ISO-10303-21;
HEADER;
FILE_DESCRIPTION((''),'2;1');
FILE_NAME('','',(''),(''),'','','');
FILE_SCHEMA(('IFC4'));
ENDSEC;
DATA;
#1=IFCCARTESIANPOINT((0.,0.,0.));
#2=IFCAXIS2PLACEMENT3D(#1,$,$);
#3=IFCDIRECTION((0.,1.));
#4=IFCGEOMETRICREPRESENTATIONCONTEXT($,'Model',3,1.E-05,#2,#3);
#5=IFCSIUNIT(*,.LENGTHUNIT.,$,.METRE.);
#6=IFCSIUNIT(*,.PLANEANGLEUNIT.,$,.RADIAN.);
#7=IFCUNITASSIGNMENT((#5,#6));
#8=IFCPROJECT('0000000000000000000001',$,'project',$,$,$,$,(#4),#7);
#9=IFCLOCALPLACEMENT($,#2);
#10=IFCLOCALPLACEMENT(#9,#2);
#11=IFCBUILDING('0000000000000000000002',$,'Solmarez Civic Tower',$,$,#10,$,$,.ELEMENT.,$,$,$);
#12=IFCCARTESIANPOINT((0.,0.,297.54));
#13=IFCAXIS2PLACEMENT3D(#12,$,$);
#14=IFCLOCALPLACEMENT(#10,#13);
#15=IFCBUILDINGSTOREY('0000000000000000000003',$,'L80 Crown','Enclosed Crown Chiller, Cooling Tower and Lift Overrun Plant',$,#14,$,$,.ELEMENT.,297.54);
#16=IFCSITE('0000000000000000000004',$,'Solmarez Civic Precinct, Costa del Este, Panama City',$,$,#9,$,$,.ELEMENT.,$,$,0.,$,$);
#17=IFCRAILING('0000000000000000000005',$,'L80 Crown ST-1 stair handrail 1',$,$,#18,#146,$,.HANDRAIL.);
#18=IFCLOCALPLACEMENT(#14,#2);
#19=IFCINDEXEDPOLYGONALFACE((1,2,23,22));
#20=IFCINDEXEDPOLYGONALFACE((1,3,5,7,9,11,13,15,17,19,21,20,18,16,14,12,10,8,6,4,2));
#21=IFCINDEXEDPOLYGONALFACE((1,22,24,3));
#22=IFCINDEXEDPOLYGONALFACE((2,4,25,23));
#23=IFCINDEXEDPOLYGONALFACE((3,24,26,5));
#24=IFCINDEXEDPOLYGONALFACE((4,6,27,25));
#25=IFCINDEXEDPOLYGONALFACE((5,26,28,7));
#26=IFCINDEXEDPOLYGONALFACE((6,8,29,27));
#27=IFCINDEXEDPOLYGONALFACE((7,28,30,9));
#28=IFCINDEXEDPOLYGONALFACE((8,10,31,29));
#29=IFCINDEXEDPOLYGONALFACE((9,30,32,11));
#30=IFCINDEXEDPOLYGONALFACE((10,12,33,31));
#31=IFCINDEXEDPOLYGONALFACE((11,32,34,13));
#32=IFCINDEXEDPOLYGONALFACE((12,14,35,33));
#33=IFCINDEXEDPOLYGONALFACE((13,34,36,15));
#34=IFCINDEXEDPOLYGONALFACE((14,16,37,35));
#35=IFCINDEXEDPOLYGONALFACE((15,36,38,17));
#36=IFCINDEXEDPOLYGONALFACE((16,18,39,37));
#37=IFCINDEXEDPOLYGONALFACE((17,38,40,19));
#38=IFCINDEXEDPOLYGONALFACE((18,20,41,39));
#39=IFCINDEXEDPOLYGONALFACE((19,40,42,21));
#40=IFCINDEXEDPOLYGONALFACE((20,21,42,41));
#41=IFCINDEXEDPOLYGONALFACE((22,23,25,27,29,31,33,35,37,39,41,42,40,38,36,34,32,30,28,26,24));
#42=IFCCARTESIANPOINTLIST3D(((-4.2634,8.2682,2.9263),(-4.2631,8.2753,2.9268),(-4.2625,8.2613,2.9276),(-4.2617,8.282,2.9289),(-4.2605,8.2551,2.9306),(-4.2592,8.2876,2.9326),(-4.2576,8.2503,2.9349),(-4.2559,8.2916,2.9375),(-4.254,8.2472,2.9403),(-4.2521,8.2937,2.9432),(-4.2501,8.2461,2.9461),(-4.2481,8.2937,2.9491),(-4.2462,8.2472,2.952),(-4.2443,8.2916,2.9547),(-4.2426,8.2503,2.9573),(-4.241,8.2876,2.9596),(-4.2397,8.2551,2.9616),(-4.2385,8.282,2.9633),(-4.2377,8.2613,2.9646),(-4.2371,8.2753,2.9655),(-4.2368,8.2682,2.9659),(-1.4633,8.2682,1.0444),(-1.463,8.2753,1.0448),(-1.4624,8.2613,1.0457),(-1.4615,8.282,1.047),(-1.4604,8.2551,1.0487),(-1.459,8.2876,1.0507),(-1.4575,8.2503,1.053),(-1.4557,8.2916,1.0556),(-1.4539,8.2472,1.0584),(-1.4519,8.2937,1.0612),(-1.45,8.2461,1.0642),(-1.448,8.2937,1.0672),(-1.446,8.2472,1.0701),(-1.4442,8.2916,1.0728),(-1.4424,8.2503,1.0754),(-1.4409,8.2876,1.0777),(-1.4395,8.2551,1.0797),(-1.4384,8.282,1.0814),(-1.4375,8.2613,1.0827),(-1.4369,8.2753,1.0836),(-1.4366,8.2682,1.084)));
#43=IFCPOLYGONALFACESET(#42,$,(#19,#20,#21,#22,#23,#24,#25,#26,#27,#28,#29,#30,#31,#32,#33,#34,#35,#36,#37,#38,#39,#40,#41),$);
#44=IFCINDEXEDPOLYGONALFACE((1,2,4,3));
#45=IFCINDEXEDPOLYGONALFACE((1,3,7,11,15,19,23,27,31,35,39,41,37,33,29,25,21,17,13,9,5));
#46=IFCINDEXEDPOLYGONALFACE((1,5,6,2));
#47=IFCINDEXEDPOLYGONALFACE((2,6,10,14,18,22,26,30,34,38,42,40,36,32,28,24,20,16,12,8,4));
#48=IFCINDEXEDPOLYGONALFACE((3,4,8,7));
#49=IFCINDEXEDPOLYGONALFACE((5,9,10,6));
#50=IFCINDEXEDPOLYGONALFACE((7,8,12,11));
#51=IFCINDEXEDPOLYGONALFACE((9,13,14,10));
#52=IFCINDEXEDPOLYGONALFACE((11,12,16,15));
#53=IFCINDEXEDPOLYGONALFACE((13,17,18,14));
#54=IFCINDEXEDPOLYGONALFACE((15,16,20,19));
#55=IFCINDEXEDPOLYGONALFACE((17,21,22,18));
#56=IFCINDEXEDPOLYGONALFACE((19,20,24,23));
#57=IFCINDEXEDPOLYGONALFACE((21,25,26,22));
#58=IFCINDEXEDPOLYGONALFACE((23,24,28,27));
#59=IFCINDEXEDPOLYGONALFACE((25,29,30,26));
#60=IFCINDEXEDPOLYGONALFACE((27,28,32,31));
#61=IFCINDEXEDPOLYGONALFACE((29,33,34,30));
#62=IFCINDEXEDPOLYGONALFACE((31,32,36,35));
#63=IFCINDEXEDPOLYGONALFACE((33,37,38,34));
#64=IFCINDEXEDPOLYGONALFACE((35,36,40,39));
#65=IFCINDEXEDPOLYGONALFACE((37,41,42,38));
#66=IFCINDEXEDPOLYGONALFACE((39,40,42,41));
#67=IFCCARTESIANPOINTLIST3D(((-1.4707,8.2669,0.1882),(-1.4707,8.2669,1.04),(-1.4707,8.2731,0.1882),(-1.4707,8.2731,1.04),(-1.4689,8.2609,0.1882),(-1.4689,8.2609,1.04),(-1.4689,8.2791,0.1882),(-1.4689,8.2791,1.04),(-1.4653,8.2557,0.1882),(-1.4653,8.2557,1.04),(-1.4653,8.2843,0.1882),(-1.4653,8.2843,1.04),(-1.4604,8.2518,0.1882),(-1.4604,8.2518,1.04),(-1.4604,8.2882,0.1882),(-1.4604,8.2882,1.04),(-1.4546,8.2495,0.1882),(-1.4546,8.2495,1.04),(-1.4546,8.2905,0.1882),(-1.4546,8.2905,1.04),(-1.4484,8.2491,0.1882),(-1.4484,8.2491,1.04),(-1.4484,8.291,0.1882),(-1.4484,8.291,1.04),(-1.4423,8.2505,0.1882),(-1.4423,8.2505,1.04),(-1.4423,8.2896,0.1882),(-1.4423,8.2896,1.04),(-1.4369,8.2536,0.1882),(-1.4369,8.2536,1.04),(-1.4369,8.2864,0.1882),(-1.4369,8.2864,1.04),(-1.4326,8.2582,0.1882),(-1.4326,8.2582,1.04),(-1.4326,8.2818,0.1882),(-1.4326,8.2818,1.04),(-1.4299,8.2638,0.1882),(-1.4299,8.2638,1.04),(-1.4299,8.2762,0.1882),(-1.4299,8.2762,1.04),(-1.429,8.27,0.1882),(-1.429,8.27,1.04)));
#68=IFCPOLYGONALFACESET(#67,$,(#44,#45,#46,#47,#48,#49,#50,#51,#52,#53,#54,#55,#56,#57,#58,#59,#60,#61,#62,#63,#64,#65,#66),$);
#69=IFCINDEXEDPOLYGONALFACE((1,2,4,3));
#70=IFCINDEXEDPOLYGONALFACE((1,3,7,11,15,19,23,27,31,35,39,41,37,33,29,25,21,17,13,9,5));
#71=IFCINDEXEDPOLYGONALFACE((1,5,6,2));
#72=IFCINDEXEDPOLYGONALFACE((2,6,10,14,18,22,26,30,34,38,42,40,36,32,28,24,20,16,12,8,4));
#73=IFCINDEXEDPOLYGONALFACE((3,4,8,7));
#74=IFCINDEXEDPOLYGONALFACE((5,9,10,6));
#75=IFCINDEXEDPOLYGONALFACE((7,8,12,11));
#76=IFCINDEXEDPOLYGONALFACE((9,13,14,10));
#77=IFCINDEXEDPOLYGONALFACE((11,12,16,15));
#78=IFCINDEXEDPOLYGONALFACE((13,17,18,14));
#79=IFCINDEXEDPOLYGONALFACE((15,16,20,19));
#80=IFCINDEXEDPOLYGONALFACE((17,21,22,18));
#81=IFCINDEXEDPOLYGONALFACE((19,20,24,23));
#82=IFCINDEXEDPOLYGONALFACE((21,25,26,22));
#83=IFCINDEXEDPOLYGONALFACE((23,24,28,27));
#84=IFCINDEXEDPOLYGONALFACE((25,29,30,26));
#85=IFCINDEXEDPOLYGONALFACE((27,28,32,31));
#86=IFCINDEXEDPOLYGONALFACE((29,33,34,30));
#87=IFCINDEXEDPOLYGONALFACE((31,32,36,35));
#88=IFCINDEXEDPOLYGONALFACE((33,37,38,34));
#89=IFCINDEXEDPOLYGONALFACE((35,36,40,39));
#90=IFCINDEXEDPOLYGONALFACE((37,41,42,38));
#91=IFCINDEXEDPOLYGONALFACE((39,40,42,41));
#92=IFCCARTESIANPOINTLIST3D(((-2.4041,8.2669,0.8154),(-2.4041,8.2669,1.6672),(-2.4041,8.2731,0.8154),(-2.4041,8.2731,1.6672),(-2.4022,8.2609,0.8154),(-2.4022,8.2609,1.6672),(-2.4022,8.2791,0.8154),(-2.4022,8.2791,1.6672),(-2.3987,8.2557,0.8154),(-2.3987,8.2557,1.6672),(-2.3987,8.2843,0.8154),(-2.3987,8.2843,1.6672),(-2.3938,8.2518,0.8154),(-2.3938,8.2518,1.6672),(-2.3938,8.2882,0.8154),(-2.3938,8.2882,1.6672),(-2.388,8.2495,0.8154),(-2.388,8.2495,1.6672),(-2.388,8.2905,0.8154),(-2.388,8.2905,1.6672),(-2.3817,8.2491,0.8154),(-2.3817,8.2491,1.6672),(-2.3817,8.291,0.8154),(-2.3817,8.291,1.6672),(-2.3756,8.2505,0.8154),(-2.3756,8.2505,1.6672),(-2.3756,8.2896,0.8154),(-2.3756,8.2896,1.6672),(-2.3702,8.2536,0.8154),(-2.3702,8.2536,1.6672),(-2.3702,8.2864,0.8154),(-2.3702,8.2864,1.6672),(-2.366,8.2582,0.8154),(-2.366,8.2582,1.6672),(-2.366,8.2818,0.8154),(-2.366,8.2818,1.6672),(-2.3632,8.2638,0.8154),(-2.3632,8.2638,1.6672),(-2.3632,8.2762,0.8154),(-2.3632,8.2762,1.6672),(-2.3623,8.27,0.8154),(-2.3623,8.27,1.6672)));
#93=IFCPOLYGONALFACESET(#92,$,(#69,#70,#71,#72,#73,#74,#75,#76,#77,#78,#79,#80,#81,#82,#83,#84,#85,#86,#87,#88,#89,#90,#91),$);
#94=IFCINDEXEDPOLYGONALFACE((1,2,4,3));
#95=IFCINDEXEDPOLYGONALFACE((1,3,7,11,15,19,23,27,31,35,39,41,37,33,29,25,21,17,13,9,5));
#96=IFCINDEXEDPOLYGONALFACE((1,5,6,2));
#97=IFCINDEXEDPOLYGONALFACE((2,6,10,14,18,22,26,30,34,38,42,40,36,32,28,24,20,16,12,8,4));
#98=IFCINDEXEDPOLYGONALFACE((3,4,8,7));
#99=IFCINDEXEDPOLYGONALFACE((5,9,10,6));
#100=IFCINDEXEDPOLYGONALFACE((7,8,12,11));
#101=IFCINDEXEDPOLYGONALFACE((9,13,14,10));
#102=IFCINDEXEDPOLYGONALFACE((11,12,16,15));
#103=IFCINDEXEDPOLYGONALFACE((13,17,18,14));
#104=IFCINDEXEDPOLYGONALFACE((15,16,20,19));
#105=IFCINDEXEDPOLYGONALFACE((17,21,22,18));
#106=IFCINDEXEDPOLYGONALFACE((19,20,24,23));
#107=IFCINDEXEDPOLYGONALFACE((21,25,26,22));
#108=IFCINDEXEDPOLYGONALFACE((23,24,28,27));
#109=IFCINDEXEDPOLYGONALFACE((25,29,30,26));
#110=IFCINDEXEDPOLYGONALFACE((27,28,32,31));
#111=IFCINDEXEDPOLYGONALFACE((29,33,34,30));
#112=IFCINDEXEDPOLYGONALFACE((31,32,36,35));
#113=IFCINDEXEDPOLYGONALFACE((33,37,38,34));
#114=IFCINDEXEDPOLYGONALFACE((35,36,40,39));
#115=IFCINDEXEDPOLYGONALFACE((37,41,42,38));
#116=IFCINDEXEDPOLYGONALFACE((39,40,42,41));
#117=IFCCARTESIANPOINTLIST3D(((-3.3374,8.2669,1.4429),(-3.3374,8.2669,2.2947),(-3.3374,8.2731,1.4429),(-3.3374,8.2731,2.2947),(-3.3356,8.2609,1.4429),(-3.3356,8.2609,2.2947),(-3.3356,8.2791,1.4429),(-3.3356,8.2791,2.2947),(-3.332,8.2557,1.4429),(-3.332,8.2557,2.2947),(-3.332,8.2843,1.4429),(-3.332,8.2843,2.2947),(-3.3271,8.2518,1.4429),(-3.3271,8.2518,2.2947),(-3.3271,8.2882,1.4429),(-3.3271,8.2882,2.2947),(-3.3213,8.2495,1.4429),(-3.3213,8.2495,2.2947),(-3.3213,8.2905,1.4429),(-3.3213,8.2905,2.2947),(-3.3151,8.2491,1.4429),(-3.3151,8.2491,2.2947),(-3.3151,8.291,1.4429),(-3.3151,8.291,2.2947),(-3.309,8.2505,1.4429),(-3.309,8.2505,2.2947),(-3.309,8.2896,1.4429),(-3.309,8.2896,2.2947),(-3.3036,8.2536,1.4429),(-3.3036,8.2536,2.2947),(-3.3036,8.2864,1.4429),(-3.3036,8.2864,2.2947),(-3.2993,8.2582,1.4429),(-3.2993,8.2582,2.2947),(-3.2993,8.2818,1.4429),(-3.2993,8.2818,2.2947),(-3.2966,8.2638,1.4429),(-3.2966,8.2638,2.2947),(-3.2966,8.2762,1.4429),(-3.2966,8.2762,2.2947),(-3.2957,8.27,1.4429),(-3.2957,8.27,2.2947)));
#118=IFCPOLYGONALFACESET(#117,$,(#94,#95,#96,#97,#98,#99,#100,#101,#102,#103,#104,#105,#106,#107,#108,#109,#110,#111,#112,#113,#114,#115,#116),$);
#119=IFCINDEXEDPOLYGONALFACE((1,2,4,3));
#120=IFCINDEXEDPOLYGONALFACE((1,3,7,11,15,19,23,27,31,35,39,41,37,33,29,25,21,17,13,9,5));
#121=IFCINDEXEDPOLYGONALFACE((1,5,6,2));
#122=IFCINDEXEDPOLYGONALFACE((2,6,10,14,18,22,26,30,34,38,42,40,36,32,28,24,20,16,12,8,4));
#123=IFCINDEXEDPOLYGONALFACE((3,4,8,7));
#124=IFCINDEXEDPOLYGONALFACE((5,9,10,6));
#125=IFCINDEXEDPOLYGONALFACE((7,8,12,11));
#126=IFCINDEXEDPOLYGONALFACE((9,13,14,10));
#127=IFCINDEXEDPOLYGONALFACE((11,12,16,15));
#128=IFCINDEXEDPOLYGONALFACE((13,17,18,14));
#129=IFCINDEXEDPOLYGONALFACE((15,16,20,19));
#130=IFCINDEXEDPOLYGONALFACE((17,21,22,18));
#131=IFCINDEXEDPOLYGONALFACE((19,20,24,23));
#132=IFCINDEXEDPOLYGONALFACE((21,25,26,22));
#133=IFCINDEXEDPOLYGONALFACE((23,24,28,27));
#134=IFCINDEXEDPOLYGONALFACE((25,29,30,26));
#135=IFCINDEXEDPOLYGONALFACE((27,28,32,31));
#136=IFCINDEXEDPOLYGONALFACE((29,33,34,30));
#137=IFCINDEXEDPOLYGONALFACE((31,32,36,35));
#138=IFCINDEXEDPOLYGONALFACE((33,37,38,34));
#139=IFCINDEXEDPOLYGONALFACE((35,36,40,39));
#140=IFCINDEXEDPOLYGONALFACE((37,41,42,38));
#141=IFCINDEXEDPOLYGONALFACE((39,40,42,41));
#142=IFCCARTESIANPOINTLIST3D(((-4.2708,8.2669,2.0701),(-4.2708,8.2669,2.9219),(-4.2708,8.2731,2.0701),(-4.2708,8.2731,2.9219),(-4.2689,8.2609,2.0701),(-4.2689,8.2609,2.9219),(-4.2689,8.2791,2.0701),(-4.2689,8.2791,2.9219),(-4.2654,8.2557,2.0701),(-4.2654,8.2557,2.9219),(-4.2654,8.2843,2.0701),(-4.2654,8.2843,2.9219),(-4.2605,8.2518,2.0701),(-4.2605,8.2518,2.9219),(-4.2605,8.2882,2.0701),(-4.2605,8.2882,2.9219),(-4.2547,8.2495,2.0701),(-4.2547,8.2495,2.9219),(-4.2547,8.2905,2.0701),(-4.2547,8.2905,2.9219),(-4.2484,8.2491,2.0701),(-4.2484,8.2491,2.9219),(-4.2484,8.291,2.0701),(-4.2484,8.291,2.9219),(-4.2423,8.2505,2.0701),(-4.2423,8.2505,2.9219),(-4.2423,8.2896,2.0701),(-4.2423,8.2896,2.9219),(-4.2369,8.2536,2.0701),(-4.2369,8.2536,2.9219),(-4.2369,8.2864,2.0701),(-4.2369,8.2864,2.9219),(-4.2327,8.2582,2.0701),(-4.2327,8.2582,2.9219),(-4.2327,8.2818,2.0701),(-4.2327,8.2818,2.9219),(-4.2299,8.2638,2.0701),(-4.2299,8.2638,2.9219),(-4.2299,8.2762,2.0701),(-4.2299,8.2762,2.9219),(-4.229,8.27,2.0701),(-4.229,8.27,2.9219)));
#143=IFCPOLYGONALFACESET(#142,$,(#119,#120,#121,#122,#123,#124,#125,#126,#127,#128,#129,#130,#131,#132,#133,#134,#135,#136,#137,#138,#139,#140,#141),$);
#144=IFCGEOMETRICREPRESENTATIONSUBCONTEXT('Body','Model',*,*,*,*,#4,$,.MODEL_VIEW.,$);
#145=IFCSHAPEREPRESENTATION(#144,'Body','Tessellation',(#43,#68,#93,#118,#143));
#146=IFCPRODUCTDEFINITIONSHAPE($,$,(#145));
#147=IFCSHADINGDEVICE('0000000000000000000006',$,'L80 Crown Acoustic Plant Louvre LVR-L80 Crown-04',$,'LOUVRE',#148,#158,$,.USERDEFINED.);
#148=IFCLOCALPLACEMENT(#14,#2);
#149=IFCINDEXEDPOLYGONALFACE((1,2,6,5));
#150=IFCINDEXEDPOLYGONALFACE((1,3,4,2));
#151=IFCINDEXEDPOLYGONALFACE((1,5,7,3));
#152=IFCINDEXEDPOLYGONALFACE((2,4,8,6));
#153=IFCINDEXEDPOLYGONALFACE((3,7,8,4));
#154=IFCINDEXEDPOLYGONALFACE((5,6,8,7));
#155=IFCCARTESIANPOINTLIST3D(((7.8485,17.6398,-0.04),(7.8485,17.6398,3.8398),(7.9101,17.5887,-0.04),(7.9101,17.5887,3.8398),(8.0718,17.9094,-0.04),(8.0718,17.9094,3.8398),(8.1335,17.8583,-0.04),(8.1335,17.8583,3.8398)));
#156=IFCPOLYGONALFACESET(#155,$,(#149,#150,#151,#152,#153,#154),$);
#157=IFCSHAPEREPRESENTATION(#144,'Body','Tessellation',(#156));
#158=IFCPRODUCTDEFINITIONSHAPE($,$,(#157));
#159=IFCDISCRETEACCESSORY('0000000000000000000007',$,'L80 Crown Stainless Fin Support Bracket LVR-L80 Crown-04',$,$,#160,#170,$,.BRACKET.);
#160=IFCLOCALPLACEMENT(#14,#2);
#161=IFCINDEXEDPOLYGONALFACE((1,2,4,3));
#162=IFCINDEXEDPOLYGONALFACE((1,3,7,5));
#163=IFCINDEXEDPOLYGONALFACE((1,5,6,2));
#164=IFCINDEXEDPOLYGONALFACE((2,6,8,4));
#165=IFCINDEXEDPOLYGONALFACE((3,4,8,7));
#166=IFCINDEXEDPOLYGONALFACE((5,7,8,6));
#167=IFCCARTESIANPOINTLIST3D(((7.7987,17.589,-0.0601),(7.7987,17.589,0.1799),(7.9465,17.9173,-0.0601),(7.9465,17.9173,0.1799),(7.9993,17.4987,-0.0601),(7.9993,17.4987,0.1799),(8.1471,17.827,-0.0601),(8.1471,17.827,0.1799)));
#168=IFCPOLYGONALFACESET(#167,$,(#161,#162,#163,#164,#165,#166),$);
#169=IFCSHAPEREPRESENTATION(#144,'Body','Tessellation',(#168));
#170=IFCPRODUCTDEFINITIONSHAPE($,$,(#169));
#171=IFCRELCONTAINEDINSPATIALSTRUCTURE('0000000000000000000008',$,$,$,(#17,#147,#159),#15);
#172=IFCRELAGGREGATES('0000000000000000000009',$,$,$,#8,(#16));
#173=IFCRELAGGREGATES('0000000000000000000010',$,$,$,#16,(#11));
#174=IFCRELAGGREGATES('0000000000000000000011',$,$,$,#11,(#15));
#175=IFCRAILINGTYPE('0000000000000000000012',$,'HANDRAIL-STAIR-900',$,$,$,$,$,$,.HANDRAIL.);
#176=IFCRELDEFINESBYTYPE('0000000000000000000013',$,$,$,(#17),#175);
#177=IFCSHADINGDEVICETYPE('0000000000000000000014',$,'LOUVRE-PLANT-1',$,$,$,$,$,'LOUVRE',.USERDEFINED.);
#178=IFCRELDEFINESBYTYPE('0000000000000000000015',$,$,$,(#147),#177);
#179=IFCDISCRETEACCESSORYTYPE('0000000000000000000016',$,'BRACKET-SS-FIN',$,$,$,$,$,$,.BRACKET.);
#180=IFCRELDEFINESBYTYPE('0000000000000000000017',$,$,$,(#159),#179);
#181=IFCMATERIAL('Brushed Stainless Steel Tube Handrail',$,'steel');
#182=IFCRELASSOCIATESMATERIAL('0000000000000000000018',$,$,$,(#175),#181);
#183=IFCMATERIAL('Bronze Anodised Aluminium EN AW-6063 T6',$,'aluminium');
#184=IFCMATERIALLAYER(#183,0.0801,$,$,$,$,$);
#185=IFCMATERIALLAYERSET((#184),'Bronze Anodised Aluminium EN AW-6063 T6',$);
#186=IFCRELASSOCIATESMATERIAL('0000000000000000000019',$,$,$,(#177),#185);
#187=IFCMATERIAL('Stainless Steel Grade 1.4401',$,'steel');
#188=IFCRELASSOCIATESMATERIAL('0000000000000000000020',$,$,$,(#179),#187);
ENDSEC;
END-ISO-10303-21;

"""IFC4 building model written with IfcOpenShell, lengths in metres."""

from ifc_helpers import new_model, si_unit, direction, frame, origin, origin_2d, place, context, subcontext, project, spatial, rectangle, circle, extrude, material, layer, layer_set, type_object, element, save


model = new_model("IFC4")

# Units and contexts
model_context = context("Model", 3, precision=1e-05, world=origin(), true_north=direction((0.0, 1.0)))
body_context = subcontext(model_context, "Body", "Model", "MODEL_VIEW")
ifc_project = project(units=[si_unit("LENGTHUNIT", "METRE"), si_unit("PLANEANGLEUNIT", "RADIAN")], contexts=[model_context])

# Site, building, storey
site_placement = place(None, origin())
site = spatial("IfcSite", under=ifc_project, at=site_placement, Name="Solmarez Civic Precinct, Costa del Este, Panama City", CompositionType="ELEMENT", RefElevation=0.0)
building_placement = place(site_placement, origin())
building = spatial("IfcBuilding", under=site, at=building_placement, Name="Solmarez Civic Tower", CompositionType="ELEMENT")
storey_placement = place(building_placement, frame((0.0, 0.0, 297.54)))
storey = spatial("IfcBuildingStorey", under=building, at=storey_placement, Name="L80 Crown", Description="Enclosed Crown Chiller, Cooling Tower and Lift Overrun Plant", CompositionType="ELEMENT", Elevation=297.54)

# Railing
ifc_material_1 = material(Name="Brushed Stainless Steel Tube Handrail", Category="steel")
railing_type_1 = type_object("IfcRailingType", Name="HANDRAIL-STAIR-900", PredefinedType="HANDRAIL", material=ifc_material_1)
railing_1_placement = place(storey_placement, frame((-1.45, 8.27, 0.1882)))
element("IfcRailing", 1, at=railing_1_placement, inside=storey, type_object=railing_type_1, Name="L80 Crown ST-1 stair handrail 1", PredefinedType="HANDRAIL", context=body_context, shape_type="SweptSolid", body=[
    extrude(circle(Radius=0.0239, at=origin_2d()), frame((0.0, 0.0, 0.876), z_axis=(-0.829974, 0.0, 0.557803), x_axis=(0.0, -1.0, 0.0)), (0.0, 0.0, 1.0), 3.3738),
    extrude(circle(Radius=0.021, at=origin_2d()), origin(), (0.0, 0.0, 1.0), 0.8518),
    extrude(circle(Radius=0.021, at=origin_2d()), frame((-0.9333, 0.0, 0.6272)), (0.0, 0.0, 1.0), 0.8518),
    extrude(circle(Radius=0.021, at=origin_2d()), frame((-1.8667, 0.0, 1.2546)), (0.0, 0.0, 1.0), 0.8518),
    extrude(circle(Radius=0.021, at=origin_2d()), frame((-2.8, 0.0, 1.8818)), (0.0, 0.0, 1.0), 0.8518),
])

# Shading device
ifc_material_2 = material(Name="Bronze Anodised Aluminium EN AW-6063 T6", Category="aluminium")
ifc_layer_1 = layer(ifc_material_2, 0.0801)
ifc_layer_set_1 = layer_set([ifc_layer_1], Name="Bronze Anodised Aluminium EN AW-6063 T6")
shading_device_type = type_object("IfcShadingDeviceType", Name="LOUVRE-PLANT-1", ElementType="LOUVRE", PredefinedType="USERDEFINED", material=ifc_layer_set_1)
shading_device_placement = place(storey_placement, frame((7.991, 17.749, -0.04), z_axis=(0.0, 0.0, 1.0), x_axis=(0.637921, 0.770101, 0.0)))
element("IfcShadingDevice", 2, at=shading_device_placement, inside=storey, type_object=shading_device_type, Name="L80 Crown Acoustic Plant Louvre LVR-L80 Crown-04", ObjectType="LOUVRE", PredefinedType="USERDEFINED", context=body_context, shape_type="SweptSolid", body=[
    extrude(rectangle(XDim=0.3501, YDim=0.0801, at=origin_2d()), origin(), (0.0, 0.0, 1.0), 3.8799),
])

# Discrete accessory
ifc_material_3 = material(Name="Stainless Steel Grade 1.4401", Category="steel")
discrete_accessory_type = type_object("IfcDiscreteAccessoryType", Name="BRACKET-SS-FIN", PredefinedType="BRACKET", material=ifc_material_3)
discrete_accessory_placement = place(storey_placement, frame((7.9729, 17.708, -0.0601), z_axis=(0.0, 0.0, 1.0), x_axis=(0.410519, 0.911852, 0.0)))
element("IfcDiscreteAccessory", 3, at=discrete_accessory_placement, inside=storey, type_object=discrete_accessory_type, Name="L80 Crown Stainless Fin Support Bracket LVR-L80 Crown-04", PredefinedType="BRACKET", context=body_context, shape_type="SweptSolid", body=[
    extrude(rectangle(XDim=0.3601, YDim=0.22, at=origin_2d()), origin(), (0.0, 0.0, 1.0), 0.24),
])

save(model, "model.ifc")
